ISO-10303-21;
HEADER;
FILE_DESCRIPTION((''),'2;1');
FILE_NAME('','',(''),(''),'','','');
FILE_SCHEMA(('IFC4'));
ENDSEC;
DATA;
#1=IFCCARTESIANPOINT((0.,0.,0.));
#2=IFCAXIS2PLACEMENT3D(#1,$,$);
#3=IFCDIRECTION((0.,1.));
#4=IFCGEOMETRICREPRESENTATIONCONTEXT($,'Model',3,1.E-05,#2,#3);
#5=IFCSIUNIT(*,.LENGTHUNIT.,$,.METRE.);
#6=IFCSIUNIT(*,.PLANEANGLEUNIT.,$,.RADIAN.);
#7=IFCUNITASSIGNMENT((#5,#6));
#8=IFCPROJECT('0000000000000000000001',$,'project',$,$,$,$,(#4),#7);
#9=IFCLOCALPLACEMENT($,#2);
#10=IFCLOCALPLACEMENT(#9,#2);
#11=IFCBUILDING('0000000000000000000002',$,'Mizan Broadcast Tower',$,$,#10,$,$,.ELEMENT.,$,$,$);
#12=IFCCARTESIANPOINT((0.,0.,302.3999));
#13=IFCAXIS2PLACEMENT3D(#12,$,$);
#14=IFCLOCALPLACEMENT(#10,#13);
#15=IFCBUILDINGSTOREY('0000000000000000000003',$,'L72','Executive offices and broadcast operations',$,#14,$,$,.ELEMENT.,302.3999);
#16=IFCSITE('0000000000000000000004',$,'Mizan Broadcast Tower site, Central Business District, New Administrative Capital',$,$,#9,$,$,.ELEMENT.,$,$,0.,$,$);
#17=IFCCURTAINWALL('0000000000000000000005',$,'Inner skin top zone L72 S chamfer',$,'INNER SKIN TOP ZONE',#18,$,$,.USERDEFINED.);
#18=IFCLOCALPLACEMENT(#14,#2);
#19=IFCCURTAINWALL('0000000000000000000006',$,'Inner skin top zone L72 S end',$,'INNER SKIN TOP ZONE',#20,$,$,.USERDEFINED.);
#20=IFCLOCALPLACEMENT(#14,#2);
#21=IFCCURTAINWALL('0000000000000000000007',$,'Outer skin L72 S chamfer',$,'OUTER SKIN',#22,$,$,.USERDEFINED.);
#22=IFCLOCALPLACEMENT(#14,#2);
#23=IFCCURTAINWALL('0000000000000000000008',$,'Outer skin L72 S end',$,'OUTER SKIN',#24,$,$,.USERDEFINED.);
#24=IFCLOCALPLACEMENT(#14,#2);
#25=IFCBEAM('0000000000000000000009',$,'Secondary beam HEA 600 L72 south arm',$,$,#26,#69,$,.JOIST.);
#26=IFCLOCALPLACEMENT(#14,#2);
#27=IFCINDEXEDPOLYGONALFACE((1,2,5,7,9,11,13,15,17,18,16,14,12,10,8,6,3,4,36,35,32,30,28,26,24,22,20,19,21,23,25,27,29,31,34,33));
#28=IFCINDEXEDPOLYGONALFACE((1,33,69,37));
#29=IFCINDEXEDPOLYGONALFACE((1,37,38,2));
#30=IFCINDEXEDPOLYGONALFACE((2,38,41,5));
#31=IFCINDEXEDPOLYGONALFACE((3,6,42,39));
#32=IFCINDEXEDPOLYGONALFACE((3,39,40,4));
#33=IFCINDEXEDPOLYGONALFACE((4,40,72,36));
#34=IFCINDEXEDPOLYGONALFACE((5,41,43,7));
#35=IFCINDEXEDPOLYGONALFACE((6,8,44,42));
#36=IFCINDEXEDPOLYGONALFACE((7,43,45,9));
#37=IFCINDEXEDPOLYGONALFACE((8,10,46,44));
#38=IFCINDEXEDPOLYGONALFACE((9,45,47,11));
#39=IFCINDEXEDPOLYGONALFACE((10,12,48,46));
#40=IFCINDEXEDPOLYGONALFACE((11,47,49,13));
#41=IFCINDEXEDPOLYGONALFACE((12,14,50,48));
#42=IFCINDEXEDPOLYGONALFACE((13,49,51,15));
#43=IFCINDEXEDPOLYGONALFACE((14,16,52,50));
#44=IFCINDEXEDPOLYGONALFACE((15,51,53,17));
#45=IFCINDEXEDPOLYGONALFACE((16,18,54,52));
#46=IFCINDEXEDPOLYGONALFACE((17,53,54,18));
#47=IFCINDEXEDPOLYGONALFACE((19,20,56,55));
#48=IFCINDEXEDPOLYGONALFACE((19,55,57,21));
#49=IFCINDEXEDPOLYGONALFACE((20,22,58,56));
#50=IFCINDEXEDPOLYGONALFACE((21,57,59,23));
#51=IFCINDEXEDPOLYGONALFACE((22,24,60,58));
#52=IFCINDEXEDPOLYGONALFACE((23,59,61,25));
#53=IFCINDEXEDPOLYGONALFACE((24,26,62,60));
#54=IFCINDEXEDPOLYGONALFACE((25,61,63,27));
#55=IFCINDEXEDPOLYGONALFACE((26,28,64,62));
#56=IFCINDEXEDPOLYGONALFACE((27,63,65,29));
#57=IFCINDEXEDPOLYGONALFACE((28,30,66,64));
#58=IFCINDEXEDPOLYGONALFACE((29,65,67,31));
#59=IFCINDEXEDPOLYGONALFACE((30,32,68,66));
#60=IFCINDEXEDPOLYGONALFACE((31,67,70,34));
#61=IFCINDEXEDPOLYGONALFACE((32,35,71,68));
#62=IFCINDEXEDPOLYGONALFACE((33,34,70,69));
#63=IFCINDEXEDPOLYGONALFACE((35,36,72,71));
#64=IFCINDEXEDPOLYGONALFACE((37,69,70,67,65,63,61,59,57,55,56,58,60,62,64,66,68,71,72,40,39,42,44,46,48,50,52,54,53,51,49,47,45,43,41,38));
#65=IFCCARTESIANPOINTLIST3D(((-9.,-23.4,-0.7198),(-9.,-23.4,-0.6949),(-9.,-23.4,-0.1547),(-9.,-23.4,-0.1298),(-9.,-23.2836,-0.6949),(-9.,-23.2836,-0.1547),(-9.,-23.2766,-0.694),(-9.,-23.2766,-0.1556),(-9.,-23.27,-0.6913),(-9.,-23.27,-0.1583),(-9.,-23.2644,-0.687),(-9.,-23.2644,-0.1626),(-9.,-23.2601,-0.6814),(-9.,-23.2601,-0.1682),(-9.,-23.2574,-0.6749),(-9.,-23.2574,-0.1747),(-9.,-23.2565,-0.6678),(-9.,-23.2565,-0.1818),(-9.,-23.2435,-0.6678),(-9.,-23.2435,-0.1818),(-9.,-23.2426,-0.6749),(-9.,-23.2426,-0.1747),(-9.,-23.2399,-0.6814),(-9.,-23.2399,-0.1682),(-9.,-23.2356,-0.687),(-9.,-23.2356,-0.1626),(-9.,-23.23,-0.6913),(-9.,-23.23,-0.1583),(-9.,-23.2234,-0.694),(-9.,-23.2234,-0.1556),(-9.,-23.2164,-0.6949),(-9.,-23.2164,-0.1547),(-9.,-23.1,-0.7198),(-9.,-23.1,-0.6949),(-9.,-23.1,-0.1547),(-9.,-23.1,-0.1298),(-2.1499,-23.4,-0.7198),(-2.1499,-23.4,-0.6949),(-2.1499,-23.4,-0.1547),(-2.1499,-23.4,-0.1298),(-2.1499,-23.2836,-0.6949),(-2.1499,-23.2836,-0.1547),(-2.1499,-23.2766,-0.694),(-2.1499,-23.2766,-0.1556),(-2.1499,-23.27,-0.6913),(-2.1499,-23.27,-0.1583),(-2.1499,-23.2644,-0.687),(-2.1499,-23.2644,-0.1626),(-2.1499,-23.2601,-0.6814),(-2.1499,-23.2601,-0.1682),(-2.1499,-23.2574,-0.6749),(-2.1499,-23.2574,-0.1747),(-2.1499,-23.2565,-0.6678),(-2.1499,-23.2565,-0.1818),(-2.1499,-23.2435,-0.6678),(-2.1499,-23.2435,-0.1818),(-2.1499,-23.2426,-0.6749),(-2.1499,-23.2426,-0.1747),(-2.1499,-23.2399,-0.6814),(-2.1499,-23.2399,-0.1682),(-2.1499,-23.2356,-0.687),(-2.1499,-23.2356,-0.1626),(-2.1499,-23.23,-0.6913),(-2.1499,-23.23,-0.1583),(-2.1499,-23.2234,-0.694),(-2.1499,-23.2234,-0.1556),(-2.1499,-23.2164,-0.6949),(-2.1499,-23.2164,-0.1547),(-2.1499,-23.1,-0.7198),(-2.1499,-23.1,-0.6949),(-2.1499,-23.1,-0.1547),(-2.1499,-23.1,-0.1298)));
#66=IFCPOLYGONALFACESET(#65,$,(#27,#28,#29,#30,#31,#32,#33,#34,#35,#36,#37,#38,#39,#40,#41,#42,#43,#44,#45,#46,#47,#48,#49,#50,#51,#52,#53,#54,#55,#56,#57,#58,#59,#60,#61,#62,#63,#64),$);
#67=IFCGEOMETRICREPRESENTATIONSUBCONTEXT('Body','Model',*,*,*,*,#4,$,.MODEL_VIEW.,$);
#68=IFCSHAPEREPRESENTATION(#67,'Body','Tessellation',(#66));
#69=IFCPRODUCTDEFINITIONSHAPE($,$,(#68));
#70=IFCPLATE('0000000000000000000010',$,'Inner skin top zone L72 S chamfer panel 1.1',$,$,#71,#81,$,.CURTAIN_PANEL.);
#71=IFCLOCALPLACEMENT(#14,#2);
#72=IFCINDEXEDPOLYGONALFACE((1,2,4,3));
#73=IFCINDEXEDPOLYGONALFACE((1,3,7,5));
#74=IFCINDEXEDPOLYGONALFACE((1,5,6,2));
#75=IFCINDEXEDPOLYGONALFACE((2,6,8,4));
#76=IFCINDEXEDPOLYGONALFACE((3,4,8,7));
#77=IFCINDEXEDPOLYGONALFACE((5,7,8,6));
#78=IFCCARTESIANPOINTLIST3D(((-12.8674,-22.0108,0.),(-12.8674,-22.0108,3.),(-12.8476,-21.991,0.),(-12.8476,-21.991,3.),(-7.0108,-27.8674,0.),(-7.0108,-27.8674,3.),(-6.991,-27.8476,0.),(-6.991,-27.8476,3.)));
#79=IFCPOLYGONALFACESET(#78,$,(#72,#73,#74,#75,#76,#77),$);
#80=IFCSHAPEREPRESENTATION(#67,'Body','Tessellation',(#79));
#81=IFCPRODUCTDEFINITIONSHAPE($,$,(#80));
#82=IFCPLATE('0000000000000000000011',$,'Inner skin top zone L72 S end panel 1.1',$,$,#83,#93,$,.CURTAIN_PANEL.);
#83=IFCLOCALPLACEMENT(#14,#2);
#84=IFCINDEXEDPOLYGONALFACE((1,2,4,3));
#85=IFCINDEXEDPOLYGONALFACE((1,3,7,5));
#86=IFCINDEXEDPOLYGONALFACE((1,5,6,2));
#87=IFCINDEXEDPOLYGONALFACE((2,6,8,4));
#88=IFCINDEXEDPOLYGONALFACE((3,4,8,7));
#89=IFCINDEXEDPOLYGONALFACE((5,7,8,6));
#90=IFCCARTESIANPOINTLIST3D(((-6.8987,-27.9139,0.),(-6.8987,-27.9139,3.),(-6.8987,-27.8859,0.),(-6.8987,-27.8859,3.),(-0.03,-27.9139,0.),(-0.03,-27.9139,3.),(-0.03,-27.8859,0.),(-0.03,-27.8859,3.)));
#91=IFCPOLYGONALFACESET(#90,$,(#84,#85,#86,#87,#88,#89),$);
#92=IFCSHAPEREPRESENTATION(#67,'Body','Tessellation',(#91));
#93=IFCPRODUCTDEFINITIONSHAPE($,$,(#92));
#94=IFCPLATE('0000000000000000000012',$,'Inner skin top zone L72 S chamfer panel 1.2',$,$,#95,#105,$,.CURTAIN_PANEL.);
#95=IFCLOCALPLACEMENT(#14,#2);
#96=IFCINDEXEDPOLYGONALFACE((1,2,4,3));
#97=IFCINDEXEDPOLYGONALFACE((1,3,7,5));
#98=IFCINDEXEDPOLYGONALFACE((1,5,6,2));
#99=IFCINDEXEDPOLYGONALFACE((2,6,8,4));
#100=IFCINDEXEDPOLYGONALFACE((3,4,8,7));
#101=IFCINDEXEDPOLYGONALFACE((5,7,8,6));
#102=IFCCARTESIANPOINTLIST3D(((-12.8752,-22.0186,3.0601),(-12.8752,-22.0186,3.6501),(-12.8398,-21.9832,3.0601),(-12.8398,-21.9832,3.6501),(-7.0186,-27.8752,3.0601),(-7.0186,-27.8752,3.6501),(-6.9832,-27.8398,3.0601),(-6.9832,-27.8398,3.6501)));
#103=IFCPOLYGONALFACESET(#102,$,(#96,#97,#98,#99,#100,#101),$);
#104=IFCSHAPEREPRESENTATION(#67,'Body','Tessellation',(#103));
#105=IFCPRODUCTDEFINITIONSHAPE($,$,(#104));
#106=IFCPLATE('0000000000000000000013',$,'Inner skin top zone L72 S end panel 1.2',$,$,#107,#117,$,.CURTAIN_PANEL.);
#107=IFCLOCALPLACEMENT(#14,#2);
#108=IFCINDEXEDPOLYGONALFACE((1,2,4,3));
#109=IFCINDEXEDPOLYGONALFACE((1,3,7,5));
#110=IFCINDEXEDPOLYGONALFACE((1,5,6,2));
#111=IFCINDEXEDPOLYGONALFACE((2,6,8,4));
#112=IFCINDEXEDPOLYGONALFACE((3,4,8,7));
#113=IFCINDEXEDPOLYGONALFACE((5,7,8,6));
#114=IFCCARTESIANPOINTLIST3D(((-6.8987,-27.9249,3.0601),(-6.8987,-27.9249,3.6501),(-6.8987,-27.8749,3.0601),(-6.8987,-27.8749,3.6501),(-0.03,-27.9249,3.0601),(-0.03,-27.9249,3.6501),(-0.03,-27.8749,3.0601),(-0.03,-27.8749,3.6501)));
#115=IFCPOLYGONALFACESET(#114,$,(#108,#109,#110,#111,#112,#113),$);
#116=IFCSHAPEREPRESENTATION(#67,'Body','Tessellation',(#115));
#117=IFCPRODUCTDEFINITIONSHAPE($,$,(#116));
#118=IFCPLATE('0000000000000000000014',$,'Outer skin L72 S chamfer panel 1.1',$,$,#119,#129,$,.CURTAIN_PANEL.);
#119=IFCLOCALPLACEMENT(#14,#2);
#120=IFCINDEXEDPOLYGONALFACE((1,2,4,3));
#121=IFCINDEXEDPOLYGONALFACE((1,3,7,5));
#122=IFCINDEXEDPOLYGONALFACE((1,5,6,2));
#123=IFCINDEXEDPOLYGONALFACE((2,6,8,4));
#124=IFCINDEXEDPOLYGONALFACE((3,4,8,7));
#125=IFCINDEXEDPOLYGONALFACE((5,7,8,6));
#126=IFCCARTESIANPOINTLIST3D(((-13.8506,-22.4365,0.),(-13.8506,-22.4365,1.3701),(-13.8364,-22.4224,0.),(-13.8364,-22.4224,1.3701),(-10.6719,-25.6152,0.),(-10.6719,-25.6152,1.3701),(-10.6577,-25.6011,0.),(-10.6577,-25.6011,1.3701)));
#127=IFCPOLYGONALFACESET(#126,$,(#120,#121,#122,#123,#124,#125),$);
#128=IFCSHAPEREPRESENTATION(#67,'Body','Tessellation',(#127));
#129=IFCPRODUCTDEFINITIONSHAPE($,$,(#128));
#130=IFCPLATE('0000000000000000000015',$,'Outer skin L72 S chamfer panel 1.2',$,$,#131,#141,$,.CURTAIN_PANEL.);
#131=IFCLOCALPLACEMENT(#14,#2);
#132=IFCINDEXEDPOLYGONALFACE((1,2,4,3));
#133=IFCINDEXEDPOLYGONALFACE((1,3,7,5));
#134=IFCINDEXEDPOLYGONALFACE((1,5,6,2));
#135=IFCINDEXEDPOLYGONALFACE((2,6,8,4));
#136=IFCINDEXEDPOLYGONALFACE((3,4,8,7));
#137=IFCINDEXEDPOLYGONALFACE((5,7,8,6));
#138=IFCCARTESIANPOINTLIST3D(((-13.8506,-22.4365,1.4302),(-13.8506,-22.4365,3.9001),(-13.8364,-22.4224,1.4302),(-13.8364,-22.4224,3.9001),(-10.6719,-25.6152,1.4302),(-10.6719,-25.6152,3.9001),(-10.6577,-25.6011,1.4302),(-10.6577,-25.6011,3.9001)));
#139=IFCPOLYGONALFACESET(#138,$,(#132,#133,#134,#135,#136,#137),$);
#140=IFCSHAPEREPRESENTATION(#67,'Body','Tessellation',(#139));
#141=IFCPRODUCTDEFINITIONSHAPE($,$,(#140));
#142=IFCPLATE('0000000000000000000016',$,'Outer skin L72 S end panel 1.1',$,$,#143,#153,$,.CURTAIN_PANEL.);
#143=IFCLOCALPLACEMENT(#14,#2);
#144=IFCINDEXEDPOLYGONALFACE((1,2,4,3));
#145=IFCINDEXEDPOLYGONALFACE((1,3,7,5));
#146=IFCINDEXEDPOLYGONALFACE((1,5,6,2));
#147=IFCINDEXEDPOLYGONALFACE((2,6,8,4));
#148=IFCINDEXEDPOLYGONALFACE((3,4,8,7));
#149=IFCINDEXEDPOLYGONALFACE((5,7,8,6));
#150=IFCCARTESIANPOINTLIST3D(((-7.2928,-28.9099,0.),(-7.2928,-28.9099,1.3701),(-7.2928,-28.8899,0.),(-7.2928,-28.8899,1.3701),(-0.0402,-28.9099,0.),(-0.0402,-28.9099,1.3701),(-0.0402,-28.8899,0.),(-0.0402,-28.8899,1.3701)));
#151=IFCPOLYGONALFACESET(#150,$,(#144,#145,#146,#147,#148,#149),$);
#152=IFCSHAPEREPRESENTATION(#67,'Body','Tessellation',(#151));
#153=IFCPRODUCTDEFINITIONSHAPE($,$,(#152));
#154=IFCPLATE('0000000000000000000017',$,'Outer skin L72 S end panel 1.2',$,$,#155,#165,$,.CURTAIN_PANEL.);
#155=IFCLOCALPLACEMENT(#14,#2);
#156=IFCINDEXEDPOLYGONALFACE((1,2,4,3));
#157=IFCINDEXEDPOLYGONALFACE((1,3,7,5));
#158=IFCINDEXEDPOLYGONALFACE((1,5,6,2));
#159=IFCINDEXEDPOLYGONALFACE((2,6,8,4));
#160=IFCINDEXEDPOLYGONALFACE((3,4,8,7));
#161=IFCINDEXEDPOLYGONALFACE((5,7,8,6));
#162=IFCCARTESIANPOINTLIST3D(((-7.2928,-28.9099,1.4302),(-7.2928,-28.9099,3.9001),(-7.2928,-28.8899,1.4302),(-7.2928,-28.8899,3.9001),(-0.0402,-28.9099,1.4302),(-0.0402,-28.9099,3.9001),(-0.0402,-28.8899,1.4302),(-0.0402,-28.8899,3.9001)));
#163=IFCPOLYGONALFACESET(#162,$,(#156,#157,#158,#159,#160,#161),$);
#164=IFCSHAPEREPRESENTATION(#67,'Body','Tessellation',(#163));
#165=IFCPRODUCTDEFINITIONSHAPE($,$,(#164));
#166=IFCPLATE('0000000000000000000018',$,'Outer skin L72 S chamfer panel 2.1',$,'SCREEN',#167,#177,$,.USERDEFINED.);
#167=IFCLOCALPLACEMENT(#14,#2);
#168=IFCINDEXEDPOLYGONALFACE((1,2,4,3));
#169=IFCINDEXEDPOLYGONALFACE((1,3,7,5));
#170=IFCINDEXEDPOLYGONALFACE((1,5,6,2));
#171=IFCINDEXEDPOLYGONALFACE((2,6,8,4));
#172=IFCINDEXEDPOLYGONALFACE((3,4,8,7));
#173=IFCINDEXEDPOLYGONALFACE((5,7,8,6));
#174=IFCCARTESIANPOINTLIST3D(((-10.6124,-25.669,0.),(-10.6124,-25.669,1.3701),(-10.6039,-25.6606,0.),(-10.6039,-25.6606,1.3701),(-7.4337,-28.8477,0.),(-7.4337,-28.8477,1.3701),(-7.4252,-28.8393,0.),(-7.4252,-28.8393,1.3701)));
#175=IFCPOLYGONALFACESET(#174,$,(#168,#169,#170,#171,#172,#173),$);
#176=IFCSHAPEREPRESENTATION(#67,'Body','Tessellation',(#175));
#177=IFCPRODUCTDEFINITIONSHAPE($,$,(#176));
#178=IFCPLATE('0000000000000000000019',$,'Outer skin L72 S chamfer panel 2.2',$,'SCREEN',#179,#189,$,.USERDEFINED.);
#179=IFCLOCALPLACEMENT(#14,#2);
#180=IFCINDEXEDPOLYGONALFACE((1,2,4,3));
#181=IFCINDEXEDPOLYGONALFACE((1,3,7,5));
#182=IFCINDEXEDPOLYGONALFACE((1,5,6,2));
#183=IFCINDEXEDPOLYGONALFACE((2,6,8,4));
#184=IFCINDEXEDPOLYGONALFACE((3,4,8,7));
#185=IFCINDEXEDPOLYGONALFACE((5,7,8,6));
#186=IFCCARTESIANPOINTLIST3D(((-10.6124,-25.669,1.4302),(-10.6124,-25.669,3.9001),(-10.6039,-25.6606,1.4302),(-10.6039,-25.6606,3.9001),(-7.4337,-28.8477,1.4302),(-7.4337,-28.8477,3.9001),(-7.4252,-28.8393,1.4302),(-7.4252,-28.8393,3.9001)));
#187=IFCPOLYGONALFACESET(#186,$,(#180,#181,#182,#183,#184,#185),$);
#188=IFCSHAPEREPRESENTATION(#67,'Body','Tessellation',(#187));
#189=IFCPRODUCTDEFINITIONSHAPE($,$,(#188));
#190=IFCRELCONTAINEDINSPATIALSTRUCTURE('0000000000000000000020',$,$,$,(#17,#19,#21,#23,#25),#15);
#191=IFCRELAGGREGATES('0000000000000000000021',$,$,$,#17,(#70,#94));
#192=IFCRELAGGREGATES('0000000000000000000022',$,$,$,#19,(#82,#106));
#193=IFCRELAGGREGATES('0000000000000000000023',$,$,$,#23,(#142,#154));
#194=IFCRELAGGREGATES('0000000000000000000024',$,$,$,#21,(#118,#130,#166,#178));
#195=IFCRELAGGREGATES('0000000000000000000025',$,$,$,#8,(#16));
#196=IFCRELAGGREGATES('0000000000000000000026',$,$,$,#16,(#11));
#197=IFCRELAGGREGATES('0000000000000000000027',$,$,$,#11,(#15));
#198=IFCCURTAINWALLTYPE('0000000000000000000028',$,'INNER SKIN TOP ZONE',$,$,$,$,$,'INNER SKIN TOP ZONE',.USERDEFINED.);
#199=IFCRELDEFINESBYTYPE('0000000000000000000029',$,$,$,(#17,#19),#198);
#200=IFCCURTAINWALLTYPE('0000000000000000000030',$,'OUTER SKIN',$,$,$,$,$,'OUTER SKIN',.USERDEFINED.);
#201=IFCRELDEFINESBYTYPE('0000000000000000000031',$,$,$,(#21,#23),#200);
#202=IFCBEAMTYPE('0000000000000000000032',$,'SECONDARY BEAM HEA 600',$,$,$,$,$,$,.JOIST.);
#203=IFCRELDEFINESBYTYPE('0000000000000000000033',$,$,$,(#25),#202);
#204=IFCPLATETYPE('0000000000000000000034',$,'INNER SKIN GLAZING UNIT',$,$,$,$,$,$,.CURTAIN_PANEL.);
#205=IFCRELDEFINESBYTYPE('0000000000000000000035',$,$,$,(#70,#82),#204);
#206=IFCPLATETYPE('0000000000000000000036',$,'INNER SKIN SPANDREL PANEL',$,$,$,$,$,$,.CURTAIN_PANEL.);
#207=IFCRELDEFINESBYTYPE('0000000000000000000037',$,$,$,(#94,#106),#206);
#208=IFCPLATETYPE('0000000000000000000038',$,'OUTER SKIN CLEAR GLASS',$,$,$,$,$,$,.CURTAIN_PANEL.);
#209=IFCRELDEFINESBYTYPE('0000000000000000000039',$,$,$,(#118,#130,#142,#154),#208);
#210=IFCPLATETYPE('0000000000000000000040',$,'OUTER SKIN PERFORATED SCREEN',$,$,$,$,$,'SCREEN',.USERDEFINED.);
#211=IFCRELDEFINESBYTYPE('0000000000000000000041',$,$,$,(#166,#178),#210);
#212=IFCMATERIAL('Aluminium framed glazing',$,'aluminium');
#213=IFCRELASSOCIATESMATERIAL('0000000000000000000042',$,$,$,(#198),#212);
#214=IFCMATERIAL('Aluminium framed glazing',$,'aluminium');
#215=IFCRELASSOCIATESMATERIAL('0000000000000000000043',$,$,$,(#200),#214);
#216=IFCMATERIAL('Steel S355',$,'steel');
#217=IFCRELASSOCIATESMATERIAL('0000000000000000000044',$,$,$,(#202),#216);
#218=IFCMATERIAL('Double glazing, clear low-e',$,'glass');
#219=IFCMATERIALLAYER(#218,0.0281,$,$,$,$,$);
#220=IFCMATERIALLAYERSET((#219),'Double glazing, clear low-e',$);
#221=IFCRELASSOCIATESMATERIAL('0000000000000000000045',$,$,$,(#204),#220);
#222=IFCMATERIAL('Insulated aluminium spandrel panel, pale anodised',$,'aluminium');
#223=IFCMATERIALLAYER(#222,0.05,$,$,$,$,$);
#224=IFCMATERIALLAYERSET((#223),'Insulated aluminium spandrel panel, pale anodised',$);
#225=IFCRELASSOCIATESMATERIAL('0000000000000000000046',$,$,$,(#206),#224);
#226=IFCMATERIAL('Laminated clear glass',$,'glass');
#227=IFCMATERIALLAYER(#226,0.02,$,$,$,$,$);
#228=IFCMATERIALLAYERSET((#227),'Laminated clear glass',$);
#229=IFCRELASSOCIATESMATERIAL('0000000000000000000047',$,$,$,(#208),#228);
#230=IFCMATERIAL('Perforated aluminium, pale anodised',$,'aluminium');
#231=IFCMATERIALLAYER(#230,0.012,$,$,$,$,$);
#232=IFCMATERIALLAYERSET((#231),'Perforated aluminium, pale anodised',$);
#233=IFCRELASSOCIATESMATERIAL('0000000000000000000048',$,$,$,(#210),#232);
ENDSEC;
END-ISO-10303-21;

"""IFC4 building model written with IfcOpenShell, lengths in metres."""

from ifc_helpers import new_model, si_unit, direction, frame, origin, origin_2d, place, context, subcontext, project, spatial, rectangle, i_section, extrude, material, layer, layer_set, material_profile, profile_set, type_object, element, aggregate, save


model = new_model("IFC4")

# Units and contexts
model_context = context("Model", 3, precision=1e-05, world=origin(), true_north=direction((0.0, 1.0)))
body_context = subcontext(model_context, "Body", "Model", "MODEL_VIEW")
ifc_project = project(units=[si_unit("LENGTHUNIT", "METRE"), si_unit("PLANEANGLEUNIT", "RADIAN")], contexts=[model_context])

# Site, building, storey
site_placement = place(None, origin())
site = spatial("IfcSite", under=ifc_project, at=site_placement, Name="Mizan Broadcast Tower site, Central Business District, New Administrative Capital", CompositionType="ELEMENT", RefElevation=0.0)
building_placement = place(site_placement, origin())
building = spatial("IfcBuilding", under=site, at=building_placement, Name="Mizan Broadcast Tower", CompositionType="ELEMENT")
storey_placement = place(building_placement, frame((0.0, 0.0, 302.3999)))
storey = spatial("IfcBuildingStorey", under=building, at=storey_placement, Name="L72", Description="Executive offices and broadcast operations", CompositionType="ELEMENT", Elevation=302.3999)

# Curtain wall
ifc_material_1 = material(Name="Aluminium framed glazing", Category="aluminium")
curtain_wall_type_1 = type_object("IfcCurtainWallType", Name="INNER SKIN TOP ZONE", ElementType="INNER SKIN TOP ZONE", PredefinedType="USERDEFINED", material=ifc_material_1)
curtain_wall_1_placement = place(storey_placement, origin())
curtain_wall_1 = element("IfcCurtainWall", 1, at=curtain_wall_1_placement, inside=storey, type_object=curtain_wall_type_1, Name="Inner skin top zone L72 S chamfer", ObjectType="INNER SKIN TOP ZONE", PredefinedType="USERDEFINED")

# Curtain walls
curtain_wall_2_placement = place(storey_placement, origin())
curtain_wall_2 = element("IfcCurtainWall", 2, at=curtain_wall_2_placement, inside=storey, type_object=curtain_wall_type_1, Name="Inner skin top zone L72 S end", ObjectType="INNER SKIN TOP ZONE", PredefinedType="USERDEFINED")
ifc_material_2 = material(Name="Aluminium framed glazing", Category="aluminium")
curtain_wall_type_2 = type_object("IfcCurtainWallType", Name="OUTER SKIN", ElementType="OUTER SKIN", PredefinedType="USERDEFINED", material=ifc_material_2)
curtain_wall_3_placement = place(storey_placement, origin())
curtain_wall_3 = element("IfcCurtainWall", 3, at=curtain_wall_3_placement, inside=storey, type_object=curtain_wall_type_2, Name="Outer skin L72 S chamfer", ObjectType="OUTER SKIN", PredefinedType="USERDEFINED")

# Curtain wall
curtain_wall_4_placement = place(storey_placement, origin())
curtain_wall_4 = element("IfcCurtainWall", 4, at=curtain_wall_4_placement, inside=storey, type_object=curtain_wall_type_2, Name="Outer skin L72 S end", ObjectType="OUTER SKIN", PredefinedType="USERDEFINED")

# Beam
ifc_material_3 = material(Name="Steel S355", Category="steel")
ifc_material_profile_1 = material_profile(ifc_material_3, i_section(OverallWidth=0.3, OverallDepth=0.5901, WebThickness=0.0129, FlangeThickness=0.0249, FilletRadius=0.0271, at=origin_2d()), Name="HEA 600")
ifc_profile_set_1 = profile_set([ifc_material_profile_1], Name="Steel S355")
beam_type_1 = type_object("IfcBeamType", Name="SECONDARY BEAM HEA 600", PredefinedType="JOIST", material=ifc_profile_set_1)
beam_1_placement = place(storey_placement, frame((-9.0, -23.25, -0.4248), z_axis=(1.0, 0.0, 0.0), x_axis=(0.0, 1.0, 0.0)))
element("IfcBeam", 5, at=beam_1_placement, inside=storey, type_object=beam_type_1, Name="Secondary beam HEA 600 L72 south arm", PredefinedType="JOIST", context=body_context, shape_type="SweptSolid", body=[
    extrude(i_section(OverallWidth=0.3, OverallDepth=0.5901, WebThickness=0.0129, FlangeThickness=0.0249, FilletRadius=0.0271, at=origin_2d()), origin(), (0.0, 0.0, 1.0), 6.8501),
])

# Plates
ifc_material_4 = material(Name="Double glazing, clear low-e", Category="glass")
ifc_layer_1 = layer(ifc_material_4, 0.0281)
ifc_layer_set_1 = layer_set([ifc_layer_1], Name="Double glazing, clear low-e")
plate_type_1 = type_object("IfcPlateType", Name="INNER SKIN GLAZING UNIT", PredefinedType="CURTAIN_PANEL", material=ifc_layer_set_1)
plate_1_placement = place(storey_placement, frame((-9.9292, -24.9292, 0.0), z_axis=(0.0, 0.0, 1.0), x_axis=(0.707107, -0.707107, 0.0)))
plate_1 = element("IfcPlate", 6, at=plate_1_placement, type_object=plate_type_1, Name="Inner skin top zone L72 S chamfer panel 1.1", PredefinedType="CURTAIN_PANEL", context=body_context, shape_type="SweptSolid", body=[
    extrude(rectangle(XDim=8.2825, YDim=0.0281, at=origin_2d()), origin(), (0.0, 0.0, 1.0), 3.0),
])
plate_2_placement = place(storey_placement, frame((-3.4644, -27.8999, 0.0), z_axis=(0.0, 0.0, 1.0), x_axis=(1.0, 0.0, 0.0)))
plate_2 = element("IfcPlate", 7, at=plate_2_placement, type_object=plate_type_1, Name="Inner skin top zone L72 S end panel 1.1", PredefinedType="CURTAIN_PANEL", context=body_context, shape_type="SweptSolid", body=[
    extrude(rectangle(XDim=6.8687, YDim=0.0281, at=origin_2d()), origin(), (0.0, 0.0, 1.0), 3.0),
])
ifc_material_5 = material(Name="Insulated aluminium spandrel panel, pale anodised", Category="aluminium")
ifc_layer_2 = layer(ifc_material_5, 0.05)
ifc_layer_set_2 = layer_set([ifc_layer_2], Name="Insulated aluminium spandrel panel, pale anodised")
plate_type_2 = type_object("IfcPlateType", Name="INNER SKIN SPANDREL PANEL", PredefinedType="CURTAIN_PANEL", material=ifc_layer_set_2)
plate_3_placement = place(storey_placement, frame((-9.9292, -24.9292, 3.0601), z_axis=(0.0, 0.0, 1.0), x_axis=(0.707107, -0.707107, 0.0)))
plate_3 = element("IfcPlate", 8, at=plate_3_placement, type_object=plate_type_2, Name="Inner skin top zone L72 S chamfer panel 1.2", PredefinedType="CURTAIN_PANEL", context=body_context, shape_type="SweptSolid", body=[
    extrude(rectangle(XDim=8.2825, YDim=0.05, at=origin_2d()), origin(), (0.0, 0.0, 1.0), 0.5901),
])
aggregate(curtain_wall_1, [plate_1, plate_3])
plate_4_placement = place(storey_placement, frame((-3.4644, -27.8999, 3.0601), z_axis=(0.0, 0.0, 1.0), x_axis=(1.0, 0.0, 0.0)))
plate_4 = element("IfcPlate", 9, at=plate_4_placement, type_object=plate_type_2, Name="Inner skin top zone L72 S end panel 1.2", PredefinedType="CURTAIN_PANEL", context=body_context, shape_type="SweptSolid", body=[
    extrude(rectangle(XDim=6.8687, YDim=0.05, at=origin_2d()), origin(), (0.0, 0.0, 1.0), 0.5901),
])
aggregate(curtain_wall_2, [plate_2, plate_4])
ifc_material_6 = material(Name="Laminated clear glass", Category="glass")
ifc_layer_3 = layer(ifc_material_6, 0.02)
ifc_layer_set_3 = layer_set([ifc_layer_3], Name="Laminated clear glass")
plate_type_3 = type_object("IfcPlateType", Name="OUTER SKIN CLEAR GLASS", PredefinedType="CURTAIN_PANEL", material=ifc_layer_set_3)
plate_5_placement = place(storey_placement, frame((-12.2542, -24.0188, 0.0), z_axis=(0.0, 0.0, 1.0), x_axis=(0.707107, -0.707107, 0.0)))
plate_5 = element("IfcPlate", 10, at=plate_5_placement, type_object=plate_type_3, Name="Outer skin L72 S chamfer panel 1.1", PredefinedType="CURTAIN_PANEL", context=body_context, shape_type="SweptSolid", body=[
    extrude(rectangle(XDim=4.4954, YDim=0.02, at=origin_2d()), origin(), (0.0, 0.0, 1.0), 1.3701),
])
plate_6_placement = place(storey_placement, frame((-12.2542, -24.0188, 1.4302), z_axis=(0.0, 0.0, 1.0), x_axis=(0.707107, -0.707107, 0.0)))
plate_6 = element("IfcPlate", 11, at=plate_6_placement, type_object=plate_type_3, Name="Outer skin L72 S chamfer panel 1.2", PredefinedType="CURTAIN_PANEL", context=body_context, shape_type="SweptSolid", body=[
    extrude(rectangle(XDim=4.4954, YDim=0.02, at=origin_2d()), origin(), (0.0, 0.0, 1.0), 2.47),
])
plate_7_placement = place(storey_placement, frame((-3.6665, -28.8999, 0.0), z_axis=(0.0, 0.0, 1.0), x_axis=(1.0, 0.0, 0.0)))
plate_7 = element("IfcPlate", 12, at=plate_7_placement, type_object=plate_type_3, Name="Outer skin L72 S end panel 1.1", PredefinedType="CURTAIN_PANEL", context=body_context, shape_type="SweptSolid", body=[
    extrude(rectangle(XDim=7.2527, YDim=0.02, at=origin_2d()), origin(), (0.0, 0.0, 1.0), 1.3701),
])
plate_8_placement = place(storey_placement, frame((-3.6665, -28.8999, 1.4302), z_axis=(0.0, 0.0, 1.0), x_axis=(1.0, 0.0, 0.0)))
plate_8 = element("IfcPlate", 13, at=plate_8_placement, type_object=plate_type_3, Name="Outer skin L72 S end panel 1.2", PredefinedType="CURTAIN_PANEL", context=body_context, shape_type="SweptSolid", body=[
    extrude(rectangle(XDim=7.2527, YDim=0.02, at=origin_2d()), origin(), (0.0, 0.0, 1.0), 2.47),
])
aggregate(curtain_wall_4, [plate_7, plate_8])
ifc_material_7 = material(Name="Perforated aluminium, pale anodised", Category="aluminium")
ifc_layer_4 = layer(ifc_material_7, 0.012)
ifc_layer_set_4 = layer_set([ifc_layer_4], Name="Perforated aluminium, pale anodised")
plate_type_4 = type_object("IfcPlateType", Name="OUTER SKIN PERFORATED SCREEN", ElementType="SCREEN", PredefinedType="USERDEFINED", material=ifc_layer_set_4)
plate_9_placement = place(storey_placement, frame((-9.0188, -27.2542, 0.0), z_axis=(0.0, 0.0, 1.0), x_axis=(0.707107, -0.707107, 0.0)))
plate_9 = element("IfcPlate", 14, at=plate_9_placement, type_object=plate_type_4, Name="Outer skin L72 S chamfer panel 2.1", ObjectType="SCREEN", PredefinedType="USERDEFINED", context=body_context, shape_type="SweptSolid", body=[
    extrude(rectangle(XDim=4.4954, YDim=0.012, at=origin_2d()), origin(), (0.0, 0.0, 1.0), 1.3701),
])
plate_10_placement = place(storey_placement, frame((-9.0188, -27.2542, 1.4302), z_axis=(0.0, 0.0, 1.0), x_axis=(0.707107, -0.707107, 0.0)))
plate_10 = element("IfcPlate", 15, at=plate_10_placement, type_object=plate_type_4, Name="Outer skin L72 S chamfer panel 2.2", ObjectType="SCREEN", PredefinedType="USERDEFINED", context=body_context, shape_type="SweptSolid", body=[
    extrude(rectangle(XDim=4.4954, YDim=0.012, at=origin_2d()), origin(), (0.0, 0.0, 1.0), 2.47),
])
aggregate(curtain_wall_3, [plate_5, plate_6, plate_9, plate_10])

save(model, "model.ifc")
